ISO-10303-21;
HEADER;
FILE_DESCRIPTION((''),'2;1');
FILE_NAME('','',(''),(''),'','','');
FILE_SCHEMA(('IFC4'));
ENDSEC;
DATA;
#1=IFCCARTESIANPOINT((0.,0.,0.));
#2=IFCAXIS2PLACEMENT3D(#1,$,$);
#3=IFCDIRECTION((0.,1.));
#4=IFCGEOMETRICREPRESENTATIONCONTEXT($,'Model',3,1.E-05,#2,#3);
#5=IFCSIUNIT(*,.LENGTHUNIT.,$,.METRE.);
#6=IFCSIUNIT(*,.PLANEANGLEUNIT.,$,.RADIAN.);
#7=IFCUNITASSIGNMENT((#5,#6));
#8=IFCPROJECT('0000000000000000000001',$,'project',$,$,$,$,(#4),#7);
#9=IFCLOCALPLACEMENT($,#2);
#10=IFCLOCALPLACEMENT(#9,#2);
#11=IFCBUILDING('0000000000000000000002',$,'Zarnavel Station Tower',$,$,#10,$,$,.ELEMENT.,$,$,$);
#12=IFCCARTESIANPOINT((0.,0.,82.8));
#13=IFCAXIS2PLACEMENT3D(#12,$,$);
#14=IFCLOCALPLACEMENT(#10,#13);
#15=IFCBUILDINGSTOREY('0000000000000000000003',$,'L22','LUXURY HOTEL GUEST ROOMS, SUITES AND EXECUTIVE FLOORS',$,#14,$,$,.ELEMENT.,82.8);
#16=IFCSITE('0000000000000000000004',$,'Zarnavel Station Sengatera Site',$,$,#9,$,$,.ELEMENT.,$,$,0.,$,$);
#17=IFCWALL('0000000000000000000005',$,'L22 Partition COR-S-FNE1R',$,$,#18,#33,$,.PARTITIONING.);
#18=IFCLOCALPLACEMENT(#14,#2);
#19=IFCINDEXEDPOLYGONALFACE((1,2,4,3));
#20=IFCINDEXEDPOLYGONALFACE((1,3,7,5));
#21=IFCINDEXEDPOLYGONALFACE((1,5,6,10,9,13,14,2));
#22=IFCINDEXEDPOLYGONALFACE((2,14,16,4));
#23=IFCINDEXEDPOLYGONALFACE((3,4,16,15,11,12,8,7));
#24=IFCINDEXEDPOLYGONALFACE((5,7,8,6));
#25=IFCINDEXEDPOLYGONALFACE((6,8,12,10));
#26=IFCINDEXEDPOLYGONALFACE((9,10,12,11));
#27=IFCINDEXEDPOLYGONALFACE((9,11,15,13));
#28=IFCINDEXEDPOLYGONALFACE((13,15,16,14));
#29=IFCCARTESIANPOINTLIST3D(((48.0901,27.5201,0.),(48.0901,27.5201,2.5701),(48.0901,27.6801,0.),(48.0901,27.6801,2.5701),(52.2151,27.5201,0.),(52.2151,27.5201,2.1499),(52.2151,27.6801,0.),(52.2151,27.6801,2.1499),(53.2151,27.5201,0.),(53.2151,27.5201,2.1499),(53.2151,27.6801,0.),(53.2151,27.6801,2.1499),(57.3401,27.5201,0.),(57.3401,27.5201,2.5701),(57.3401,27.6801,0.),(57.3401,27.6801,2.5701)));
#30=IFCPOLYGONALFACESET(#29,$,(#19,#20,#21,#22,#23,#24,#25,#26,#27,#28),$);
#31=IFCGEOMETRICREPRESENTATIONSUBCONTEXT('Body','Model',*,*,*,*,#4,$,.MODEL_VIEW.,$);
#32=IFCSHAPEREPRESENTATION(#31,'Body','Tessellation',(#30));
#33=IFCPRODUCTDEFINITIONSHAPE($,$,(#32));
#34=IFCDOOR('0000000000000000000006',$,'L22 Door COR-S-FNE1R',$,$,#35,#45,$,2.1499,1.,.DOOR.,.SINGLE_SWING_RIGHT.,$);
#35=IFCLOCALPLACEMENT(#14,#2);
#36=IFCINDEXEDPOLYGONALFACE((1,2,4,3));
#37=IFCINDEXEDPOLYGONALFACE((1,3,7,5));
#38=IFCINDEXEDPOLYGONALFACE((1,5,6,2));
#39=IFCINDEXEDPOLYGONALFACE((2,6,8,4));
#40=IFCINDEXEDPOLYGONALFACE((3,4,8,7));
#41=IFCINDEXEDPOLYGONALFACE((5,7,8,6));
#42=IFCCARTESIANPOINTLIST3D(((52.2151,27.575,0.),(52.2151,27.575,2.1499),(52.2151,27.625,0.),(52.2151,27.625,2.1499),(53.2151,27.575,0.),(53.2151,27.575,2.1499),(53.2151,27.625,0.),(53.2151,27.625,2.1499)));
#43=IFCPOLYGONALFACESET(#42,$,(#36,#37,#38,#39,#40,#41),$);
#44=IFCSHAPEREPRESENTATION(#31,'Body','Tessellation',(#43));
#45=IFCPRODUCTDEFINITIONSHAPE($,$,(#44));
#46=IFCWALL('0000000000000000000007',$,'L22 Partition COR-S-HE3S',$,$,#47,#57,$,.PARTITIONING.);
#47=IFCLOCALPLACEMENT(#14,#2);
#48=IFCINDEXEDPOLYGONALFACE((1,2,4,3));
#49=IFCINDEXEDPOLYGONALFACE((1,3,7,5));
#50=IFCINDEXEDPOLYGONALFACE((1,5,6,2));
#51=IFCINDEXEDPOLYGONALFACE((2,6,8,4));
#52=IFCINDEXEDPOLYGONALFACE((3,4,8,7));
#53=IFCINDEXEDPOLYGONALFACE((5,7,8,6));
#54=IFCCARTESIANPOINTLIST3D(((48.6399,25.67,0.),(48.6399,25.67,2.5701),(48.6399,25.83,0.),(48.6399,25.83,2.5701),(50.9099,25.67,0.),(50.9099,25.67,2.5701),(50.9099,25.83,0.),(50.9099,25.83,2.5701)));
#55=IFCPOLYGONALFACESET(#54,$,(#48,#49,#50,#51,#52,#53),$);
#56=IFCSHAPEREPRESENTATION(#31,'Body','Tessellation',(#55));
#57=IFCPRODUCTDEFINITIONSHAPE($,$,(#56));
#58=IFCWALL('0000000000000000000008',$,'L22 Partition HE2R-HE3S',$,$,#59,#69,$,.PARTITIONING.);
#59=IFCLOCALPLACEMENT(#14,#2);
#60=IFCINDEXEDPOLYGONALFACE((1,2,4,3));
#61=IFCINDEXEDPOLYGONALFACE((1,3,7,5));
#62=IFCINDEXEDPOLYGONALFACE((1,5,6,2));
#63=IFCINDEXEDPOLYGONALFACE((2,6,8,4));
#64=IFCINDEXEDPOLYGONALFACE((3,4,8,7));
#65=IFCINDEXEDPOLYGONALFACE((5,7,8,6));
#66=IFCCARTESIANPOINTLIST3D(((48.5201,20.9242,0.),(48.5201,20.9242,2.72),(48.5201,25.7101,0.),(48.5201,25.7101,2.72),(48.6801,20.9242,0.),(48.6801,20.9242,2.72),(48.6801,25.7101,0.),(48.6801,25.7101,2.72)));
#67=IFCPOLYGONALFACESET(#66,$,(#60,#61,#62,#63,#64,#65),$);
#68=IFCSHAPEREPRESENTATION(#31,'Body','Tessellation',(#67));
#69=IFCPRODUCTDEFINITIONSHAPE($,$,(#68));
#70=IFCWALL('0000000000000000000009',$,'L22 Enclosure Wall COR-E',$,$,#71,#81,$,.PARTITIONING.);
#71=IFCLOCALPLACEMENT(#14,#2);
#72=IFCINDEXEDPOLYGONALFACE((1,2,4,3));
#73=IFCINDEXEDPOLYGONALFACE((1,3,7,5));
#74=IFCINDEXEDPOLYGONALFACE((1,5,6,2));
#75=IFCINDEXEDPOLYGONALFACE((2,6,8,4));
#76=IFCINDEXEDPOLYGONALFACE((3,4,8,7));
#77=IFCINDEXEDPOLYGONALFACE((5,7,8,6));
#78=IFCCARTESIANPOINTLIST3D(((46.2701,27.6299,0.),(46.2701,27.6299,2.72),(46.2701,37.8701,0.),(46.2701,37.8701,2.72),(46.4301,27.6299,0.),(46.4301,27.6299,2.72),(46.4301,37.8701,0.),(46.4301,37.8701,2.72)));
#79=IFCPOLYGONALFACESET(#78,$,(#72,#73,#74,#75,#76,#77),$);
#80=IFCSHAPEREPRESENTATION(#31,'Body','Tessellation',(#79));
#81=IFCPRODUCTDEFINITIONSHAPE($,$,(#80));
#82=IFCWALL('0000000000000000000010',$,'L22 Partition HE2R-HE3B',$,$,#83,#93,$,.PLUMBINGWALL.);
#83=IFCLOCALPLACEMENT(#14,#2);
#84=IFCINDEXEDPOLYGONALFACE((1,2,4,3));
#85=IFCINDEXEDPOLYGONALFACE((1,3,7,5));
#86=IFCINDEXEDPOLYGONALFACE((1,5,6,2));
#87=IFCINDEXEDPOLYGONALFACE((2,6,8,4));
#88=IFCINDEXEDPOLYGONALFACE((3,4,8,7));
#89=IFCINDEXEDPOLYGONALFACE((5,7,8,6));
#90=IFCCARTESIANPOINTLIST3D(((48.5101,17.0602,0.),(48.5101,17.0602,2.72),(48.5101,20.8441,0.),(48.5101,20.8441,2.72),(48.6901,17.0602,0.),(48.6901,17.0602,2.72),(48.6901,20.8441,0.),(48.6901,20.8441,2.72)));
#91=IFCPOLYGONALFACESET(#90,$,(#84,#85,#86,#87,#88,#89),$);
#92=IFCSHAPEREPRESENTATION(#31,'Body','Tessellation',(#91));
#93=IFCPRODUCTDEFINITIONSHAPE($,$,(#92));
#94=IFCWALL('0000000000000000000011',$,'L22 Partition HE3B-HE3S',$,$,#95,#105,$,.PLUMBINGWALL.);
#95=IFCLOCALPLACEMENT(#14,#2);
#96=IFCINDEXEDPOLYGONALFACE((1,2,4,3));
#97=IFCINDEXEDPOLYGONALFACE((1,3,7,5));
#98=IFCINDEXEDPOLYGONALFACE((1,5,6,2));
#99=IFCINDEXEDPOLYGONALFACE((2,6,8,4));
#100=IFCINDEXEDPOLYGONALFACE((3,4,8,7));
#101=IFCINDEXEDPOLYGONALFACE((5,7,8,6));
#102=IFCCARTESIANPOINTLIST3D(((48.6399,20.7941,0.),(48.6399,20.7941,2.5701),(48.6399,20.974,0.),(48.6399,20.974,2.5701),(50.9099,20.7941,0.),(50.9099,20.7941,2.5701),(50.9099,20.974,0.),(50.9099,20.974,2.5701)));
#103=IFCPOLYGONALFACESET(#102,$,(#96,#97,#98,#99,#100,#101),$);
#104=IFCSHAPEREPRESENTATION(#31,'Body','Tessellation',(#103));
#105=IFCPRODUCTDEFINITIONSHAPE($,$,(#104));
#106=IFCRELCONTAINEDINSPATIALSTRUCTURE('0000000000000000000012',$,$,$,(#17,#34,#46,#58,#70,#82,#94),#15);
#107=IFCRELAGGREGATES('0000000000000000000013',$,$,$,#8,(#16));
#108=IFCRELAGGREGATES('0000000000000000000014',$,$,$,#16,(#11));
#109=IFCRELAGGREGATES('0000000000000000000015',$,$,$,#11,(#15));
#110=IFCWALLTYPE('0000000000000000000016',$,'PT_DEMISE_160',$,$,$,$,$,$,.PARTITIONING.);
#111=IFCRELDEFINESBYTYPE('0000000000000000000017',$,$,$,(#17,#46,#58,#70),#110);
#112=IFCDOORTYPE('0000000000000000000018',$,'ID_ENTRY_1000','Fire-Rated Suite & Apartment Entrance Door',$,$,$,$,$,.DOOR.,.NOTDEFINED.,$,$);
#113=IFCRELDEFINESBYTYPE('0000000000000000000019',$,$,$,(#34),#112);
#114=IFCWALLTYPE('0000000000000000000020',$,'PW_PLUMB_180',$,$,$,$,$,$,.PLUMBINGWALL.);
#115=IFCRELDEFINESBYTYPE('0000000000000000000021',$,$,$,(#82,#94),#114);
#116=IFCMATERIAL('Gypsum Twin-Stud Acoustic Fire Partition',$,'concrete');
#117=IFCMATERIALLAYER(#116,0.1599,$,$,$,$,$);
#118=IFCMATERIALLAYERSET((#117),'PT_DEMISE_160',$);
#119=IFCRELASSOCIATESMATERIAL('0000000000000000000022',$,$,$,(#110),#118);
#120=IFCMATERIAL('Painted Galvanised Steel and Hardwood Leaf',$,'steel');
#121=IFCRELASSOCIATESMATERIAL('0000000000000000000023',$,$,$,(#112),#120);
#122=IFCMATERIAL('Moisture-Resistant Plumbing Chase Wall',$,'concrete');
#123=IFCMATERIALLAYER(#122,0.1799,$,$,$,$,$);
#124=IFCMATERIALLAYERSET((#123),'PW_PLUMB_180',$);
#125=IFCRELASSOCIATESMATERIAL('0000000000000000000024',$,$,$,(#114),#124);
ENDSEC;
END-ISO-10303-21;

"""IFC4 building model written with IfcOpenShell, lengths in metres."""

from ifc_helpers import new_model, si_unit, direction, frame, frame_2d, origin, place, context, subcontext, project, spatial, rectangle, extrude, material, layer, layer_set, type_object, element, fill, save


model = new_model("IFC4")

# Units and contexts
model_context = context("Model", 3, precision=1e-05, world=origin(), true_north=direction((0.0, 1.0)))
body_context = subcontext(model_context, "Body", "Model", "MODEL_VIEW")
ifc_project = project(units=[si_unit("LENGTHUNIT", "METRE"), si_unit("PLANEANGLEUNIT", "RADIAN")], contexts=[model_context])

# Site, building, storey
site_placement = place(None, origin())
site = spatial("IfcSite", under=ifc_project, at=site_placement, Name="Zarnavel Station Sengatera Site", CompositionType="ELEMENT", RefElevation=0.0)
building_placement = place(site_placement, origin())
building = spatial("IfcBuilding", under=site, at=building_placement, Name="Zarnavel Station Tower", CompositionType="ELEMENT")
storey_placement = place(building_placement, frame((0.0, 0.0, 82.8)))
storey = spatial("IfcBuildingStorey", under=building, at=storey_placement, Name="L22", Description="LUXURY HOTEL GUEST ROOMS, SUITES AND EXECUTIVE FLOORS", CompositionType="ELEMENT", Elevation=82.8)

# Wall, opening, door
ifc_material_1 = material(Name="Gypsum Twin-Stud Acoustic Fire Partition", Category="concrete")
ifc_layer_1 = layer(ifc_material_1, 0.1599)
ifc_layer_set_1 = layer_set([ifc_layer_1], Name="PT_DEMISE_160")
wall_type_1 = type_object("IfcWallType", Name="PT_DEMISE_160", PredefinedType="PARTITIONING", material=ifc_layer_set_1)
wall_1_placement = place(storey_placement, frame((48.0901, 27.6001, 0.0), z_axis=(0.0, 0.0, 1.0), x_axis=(1.0, 0.0, 0.0)))
wall_1 = element("IfcWall", 1, at=wall_1_placement, inside=storey, type_object=wall_type_1, Name="L22 Partition COR-S-FNE1R", PredefinedType="PARTITIONING", context=body_context, shape_type="SweptSolid", body=[
    extrude(rectangle(XDim=9.25, YDim=0.1599, at=frame_2d((4.625, 0.0))), origin(), (0.0, 0.0, 1.0), 2.5701),
])
opening_1_placement = place(wall_1_placement, frame((4.125, 0.0, 0.0)))
opening_1 = element("IfcOpeningElement", 2, at=opening_1_placement, cuts=wall_1, PredefinedType="OPENING", context=body_context, shape_type="SweptSolid", body=[
    extrude(rectangle(XDim=1.0, YDim=2.1499, at=frame_2d((0.5, 1.075))), frame((0.0, 0.0898, 0.0), z_axis=(0.0, -1.0, 0.0), x_axis=(1.0, 0.0, 0.0)), (0.0, 0.0, 1.0), 0.1799),
])
ifc_material_2 = material(Name="Painted Galvanised Steel and Hardwood Leaf", Category="steel")
door_type = type_object("IfcDoorType", Name="ID_ENTRY_1000", Description="Fire-Rated Suite & Apartment Entrance Door", OperationType="NOTDEFINED", PredefinedType="DOOR", material=ifc_material_2)
door_1_placement = place(opening_1_placement, origin())
door_1 = element("IfcDoor", 3, at=door_1_placement, inside=storey, type_object=door_type, Name="L22 Door COR-S-FNE1R", OperationType="SINGLE_SWING_RIGHT", OverallHeight=2.1499, OverallWidth=1.0, PredefinedType="DOOR", context=body_context, shape_type="SweptSolid", body=[
    extrude(rectangle(XDim=1.0, YDim=2.1499, at=frame_2d((0.5, 1.075))), frame((0.0, 0.0249, 0.0), z_axis=(0.0, -1.0, 0.0), x_axis=(1.0, 0.0, 0.0)), (0.0, 0.0, 1.0), 0.05),
])
fill(opening_1, door_1)

# Wall
wall_2_placement = place(storey_placement, frame((48.6399, 25.75, 0.0), z_axis=(0.0, 0.0, 1.0), x_axis=(1.0, 0.0, 0.0)))
element("IfcWall", 4, at=wall_2_placement, inside=storey, type_object=wall_type_1, Name="L22 Partition COR-S-HE3S", PredefinedType="PARTITIONING", context=body_context, shape_type="SweptSolid", body=[
    extrude(rectangle(XDim=2.27, YDim=0.1599, at=frame_2d((1.135, 0.0))), origin(), (0.0, 0.0, 1.0), 2.5701),
])

# Walls
wall_3_placement = place(storey_placement, frame((48.6001, 20.9241, 0.0), z_axis=(0.0, 0.0, 1.0), x_axis=(0.0, 1.0, 0.0)))
element("IfcWall", 5, at=wall_3_placement, inside=storey, type_object=wall_type_1, Name="L22 Partition HE2R-HE3S", PredefinedType="PARTITIONING", context=body_context, shape_type="SweptSolid", body=[
    extrude(rectangle(XDim=4.7859, YDim=0.1599, at=frame_2d((2.3931, 0.0))), origin(), (0.0, 0.0, 1.0), 2.72),
])
wall_4_placement = place(storey_placement, frame((46.3501, 27.6299, 0.0), z_axis=(0.0, 0.0, 1.0), x_axis=(0.0, 1.0, 0.0)))
element("IfcWall", 6, at=wall_4_placement, inside=storey, type_object=wall_type_1, Name="L22 Enclosure Wall COR-E", PredefinedType="PARTITIONING", context=body_context, shape_type="SweptSolid", body=[
    extrude(rectangle(XDim=10.2402, YDim=0.1599, at=frame_2d((5.1201, 0.0))), origin(), (0.0, 0.0, 1.0), 2.72),
])
ifc_material_3 = material(Name="Moisture-Resistant Plumbing Chase Wall", Category="concrete")
ifc_layer_2 = layer(ifc_material_3, 0.1799)
ifc_layer_set_2 = layer_set([ifc_layer_2], Name="PW_PLUMB_180")
wall_type_2 = type_object("IfcWallType", Name="PW_PLUMB_180", PredefinedType="PLUMBINGWALL", material=ifc_layer_set_2)
wall_5_placement = place(storey_placement, frame((48.6001, 17.0601, 0.0), z_axis=(0.0, 0.0, 1.0), x_axis=(0.0, 1.0, 0.0)))
element("IfcWall", 7, at=wall_5_placement, inside=storey, type_object=wall_type_2, Name="L22 Partition HE2R-HE3B", PredefinedType="PLUMBINGWALL", context=body_context, shape_type="SweptSolid", body=[
    extrude(rectangle(XDim=3.7839, YDim=0.1799, at=frame_2d((1.8921, 0.0))), origin(), (0.0, 0.0, 1.0), 2.72),
])
wall_6_placement = place(storey_placement, frame((48.6399, 20.884, 0.0), z_axis=(0.0, 0.0, 1.0), x_axis=(1.0, 0.0, 0.0)))
element("IfcWall", 8, at=wall_6_placement, inside=storey, type_object=wall_type_2, Name="L22 Partition HE3B-HE3S", PredefinedType="PLUMBINGWALL", context=body_context, shape_type="SweptSolid", body=[
    extrude(rectangle(XDim=2.27, YDim=0.1799, at=frame_2d((1.135, 0.0))), origin(), (0.0, 0.0, 1.0), 2.5701),
])

save(model, "model.ifc")
